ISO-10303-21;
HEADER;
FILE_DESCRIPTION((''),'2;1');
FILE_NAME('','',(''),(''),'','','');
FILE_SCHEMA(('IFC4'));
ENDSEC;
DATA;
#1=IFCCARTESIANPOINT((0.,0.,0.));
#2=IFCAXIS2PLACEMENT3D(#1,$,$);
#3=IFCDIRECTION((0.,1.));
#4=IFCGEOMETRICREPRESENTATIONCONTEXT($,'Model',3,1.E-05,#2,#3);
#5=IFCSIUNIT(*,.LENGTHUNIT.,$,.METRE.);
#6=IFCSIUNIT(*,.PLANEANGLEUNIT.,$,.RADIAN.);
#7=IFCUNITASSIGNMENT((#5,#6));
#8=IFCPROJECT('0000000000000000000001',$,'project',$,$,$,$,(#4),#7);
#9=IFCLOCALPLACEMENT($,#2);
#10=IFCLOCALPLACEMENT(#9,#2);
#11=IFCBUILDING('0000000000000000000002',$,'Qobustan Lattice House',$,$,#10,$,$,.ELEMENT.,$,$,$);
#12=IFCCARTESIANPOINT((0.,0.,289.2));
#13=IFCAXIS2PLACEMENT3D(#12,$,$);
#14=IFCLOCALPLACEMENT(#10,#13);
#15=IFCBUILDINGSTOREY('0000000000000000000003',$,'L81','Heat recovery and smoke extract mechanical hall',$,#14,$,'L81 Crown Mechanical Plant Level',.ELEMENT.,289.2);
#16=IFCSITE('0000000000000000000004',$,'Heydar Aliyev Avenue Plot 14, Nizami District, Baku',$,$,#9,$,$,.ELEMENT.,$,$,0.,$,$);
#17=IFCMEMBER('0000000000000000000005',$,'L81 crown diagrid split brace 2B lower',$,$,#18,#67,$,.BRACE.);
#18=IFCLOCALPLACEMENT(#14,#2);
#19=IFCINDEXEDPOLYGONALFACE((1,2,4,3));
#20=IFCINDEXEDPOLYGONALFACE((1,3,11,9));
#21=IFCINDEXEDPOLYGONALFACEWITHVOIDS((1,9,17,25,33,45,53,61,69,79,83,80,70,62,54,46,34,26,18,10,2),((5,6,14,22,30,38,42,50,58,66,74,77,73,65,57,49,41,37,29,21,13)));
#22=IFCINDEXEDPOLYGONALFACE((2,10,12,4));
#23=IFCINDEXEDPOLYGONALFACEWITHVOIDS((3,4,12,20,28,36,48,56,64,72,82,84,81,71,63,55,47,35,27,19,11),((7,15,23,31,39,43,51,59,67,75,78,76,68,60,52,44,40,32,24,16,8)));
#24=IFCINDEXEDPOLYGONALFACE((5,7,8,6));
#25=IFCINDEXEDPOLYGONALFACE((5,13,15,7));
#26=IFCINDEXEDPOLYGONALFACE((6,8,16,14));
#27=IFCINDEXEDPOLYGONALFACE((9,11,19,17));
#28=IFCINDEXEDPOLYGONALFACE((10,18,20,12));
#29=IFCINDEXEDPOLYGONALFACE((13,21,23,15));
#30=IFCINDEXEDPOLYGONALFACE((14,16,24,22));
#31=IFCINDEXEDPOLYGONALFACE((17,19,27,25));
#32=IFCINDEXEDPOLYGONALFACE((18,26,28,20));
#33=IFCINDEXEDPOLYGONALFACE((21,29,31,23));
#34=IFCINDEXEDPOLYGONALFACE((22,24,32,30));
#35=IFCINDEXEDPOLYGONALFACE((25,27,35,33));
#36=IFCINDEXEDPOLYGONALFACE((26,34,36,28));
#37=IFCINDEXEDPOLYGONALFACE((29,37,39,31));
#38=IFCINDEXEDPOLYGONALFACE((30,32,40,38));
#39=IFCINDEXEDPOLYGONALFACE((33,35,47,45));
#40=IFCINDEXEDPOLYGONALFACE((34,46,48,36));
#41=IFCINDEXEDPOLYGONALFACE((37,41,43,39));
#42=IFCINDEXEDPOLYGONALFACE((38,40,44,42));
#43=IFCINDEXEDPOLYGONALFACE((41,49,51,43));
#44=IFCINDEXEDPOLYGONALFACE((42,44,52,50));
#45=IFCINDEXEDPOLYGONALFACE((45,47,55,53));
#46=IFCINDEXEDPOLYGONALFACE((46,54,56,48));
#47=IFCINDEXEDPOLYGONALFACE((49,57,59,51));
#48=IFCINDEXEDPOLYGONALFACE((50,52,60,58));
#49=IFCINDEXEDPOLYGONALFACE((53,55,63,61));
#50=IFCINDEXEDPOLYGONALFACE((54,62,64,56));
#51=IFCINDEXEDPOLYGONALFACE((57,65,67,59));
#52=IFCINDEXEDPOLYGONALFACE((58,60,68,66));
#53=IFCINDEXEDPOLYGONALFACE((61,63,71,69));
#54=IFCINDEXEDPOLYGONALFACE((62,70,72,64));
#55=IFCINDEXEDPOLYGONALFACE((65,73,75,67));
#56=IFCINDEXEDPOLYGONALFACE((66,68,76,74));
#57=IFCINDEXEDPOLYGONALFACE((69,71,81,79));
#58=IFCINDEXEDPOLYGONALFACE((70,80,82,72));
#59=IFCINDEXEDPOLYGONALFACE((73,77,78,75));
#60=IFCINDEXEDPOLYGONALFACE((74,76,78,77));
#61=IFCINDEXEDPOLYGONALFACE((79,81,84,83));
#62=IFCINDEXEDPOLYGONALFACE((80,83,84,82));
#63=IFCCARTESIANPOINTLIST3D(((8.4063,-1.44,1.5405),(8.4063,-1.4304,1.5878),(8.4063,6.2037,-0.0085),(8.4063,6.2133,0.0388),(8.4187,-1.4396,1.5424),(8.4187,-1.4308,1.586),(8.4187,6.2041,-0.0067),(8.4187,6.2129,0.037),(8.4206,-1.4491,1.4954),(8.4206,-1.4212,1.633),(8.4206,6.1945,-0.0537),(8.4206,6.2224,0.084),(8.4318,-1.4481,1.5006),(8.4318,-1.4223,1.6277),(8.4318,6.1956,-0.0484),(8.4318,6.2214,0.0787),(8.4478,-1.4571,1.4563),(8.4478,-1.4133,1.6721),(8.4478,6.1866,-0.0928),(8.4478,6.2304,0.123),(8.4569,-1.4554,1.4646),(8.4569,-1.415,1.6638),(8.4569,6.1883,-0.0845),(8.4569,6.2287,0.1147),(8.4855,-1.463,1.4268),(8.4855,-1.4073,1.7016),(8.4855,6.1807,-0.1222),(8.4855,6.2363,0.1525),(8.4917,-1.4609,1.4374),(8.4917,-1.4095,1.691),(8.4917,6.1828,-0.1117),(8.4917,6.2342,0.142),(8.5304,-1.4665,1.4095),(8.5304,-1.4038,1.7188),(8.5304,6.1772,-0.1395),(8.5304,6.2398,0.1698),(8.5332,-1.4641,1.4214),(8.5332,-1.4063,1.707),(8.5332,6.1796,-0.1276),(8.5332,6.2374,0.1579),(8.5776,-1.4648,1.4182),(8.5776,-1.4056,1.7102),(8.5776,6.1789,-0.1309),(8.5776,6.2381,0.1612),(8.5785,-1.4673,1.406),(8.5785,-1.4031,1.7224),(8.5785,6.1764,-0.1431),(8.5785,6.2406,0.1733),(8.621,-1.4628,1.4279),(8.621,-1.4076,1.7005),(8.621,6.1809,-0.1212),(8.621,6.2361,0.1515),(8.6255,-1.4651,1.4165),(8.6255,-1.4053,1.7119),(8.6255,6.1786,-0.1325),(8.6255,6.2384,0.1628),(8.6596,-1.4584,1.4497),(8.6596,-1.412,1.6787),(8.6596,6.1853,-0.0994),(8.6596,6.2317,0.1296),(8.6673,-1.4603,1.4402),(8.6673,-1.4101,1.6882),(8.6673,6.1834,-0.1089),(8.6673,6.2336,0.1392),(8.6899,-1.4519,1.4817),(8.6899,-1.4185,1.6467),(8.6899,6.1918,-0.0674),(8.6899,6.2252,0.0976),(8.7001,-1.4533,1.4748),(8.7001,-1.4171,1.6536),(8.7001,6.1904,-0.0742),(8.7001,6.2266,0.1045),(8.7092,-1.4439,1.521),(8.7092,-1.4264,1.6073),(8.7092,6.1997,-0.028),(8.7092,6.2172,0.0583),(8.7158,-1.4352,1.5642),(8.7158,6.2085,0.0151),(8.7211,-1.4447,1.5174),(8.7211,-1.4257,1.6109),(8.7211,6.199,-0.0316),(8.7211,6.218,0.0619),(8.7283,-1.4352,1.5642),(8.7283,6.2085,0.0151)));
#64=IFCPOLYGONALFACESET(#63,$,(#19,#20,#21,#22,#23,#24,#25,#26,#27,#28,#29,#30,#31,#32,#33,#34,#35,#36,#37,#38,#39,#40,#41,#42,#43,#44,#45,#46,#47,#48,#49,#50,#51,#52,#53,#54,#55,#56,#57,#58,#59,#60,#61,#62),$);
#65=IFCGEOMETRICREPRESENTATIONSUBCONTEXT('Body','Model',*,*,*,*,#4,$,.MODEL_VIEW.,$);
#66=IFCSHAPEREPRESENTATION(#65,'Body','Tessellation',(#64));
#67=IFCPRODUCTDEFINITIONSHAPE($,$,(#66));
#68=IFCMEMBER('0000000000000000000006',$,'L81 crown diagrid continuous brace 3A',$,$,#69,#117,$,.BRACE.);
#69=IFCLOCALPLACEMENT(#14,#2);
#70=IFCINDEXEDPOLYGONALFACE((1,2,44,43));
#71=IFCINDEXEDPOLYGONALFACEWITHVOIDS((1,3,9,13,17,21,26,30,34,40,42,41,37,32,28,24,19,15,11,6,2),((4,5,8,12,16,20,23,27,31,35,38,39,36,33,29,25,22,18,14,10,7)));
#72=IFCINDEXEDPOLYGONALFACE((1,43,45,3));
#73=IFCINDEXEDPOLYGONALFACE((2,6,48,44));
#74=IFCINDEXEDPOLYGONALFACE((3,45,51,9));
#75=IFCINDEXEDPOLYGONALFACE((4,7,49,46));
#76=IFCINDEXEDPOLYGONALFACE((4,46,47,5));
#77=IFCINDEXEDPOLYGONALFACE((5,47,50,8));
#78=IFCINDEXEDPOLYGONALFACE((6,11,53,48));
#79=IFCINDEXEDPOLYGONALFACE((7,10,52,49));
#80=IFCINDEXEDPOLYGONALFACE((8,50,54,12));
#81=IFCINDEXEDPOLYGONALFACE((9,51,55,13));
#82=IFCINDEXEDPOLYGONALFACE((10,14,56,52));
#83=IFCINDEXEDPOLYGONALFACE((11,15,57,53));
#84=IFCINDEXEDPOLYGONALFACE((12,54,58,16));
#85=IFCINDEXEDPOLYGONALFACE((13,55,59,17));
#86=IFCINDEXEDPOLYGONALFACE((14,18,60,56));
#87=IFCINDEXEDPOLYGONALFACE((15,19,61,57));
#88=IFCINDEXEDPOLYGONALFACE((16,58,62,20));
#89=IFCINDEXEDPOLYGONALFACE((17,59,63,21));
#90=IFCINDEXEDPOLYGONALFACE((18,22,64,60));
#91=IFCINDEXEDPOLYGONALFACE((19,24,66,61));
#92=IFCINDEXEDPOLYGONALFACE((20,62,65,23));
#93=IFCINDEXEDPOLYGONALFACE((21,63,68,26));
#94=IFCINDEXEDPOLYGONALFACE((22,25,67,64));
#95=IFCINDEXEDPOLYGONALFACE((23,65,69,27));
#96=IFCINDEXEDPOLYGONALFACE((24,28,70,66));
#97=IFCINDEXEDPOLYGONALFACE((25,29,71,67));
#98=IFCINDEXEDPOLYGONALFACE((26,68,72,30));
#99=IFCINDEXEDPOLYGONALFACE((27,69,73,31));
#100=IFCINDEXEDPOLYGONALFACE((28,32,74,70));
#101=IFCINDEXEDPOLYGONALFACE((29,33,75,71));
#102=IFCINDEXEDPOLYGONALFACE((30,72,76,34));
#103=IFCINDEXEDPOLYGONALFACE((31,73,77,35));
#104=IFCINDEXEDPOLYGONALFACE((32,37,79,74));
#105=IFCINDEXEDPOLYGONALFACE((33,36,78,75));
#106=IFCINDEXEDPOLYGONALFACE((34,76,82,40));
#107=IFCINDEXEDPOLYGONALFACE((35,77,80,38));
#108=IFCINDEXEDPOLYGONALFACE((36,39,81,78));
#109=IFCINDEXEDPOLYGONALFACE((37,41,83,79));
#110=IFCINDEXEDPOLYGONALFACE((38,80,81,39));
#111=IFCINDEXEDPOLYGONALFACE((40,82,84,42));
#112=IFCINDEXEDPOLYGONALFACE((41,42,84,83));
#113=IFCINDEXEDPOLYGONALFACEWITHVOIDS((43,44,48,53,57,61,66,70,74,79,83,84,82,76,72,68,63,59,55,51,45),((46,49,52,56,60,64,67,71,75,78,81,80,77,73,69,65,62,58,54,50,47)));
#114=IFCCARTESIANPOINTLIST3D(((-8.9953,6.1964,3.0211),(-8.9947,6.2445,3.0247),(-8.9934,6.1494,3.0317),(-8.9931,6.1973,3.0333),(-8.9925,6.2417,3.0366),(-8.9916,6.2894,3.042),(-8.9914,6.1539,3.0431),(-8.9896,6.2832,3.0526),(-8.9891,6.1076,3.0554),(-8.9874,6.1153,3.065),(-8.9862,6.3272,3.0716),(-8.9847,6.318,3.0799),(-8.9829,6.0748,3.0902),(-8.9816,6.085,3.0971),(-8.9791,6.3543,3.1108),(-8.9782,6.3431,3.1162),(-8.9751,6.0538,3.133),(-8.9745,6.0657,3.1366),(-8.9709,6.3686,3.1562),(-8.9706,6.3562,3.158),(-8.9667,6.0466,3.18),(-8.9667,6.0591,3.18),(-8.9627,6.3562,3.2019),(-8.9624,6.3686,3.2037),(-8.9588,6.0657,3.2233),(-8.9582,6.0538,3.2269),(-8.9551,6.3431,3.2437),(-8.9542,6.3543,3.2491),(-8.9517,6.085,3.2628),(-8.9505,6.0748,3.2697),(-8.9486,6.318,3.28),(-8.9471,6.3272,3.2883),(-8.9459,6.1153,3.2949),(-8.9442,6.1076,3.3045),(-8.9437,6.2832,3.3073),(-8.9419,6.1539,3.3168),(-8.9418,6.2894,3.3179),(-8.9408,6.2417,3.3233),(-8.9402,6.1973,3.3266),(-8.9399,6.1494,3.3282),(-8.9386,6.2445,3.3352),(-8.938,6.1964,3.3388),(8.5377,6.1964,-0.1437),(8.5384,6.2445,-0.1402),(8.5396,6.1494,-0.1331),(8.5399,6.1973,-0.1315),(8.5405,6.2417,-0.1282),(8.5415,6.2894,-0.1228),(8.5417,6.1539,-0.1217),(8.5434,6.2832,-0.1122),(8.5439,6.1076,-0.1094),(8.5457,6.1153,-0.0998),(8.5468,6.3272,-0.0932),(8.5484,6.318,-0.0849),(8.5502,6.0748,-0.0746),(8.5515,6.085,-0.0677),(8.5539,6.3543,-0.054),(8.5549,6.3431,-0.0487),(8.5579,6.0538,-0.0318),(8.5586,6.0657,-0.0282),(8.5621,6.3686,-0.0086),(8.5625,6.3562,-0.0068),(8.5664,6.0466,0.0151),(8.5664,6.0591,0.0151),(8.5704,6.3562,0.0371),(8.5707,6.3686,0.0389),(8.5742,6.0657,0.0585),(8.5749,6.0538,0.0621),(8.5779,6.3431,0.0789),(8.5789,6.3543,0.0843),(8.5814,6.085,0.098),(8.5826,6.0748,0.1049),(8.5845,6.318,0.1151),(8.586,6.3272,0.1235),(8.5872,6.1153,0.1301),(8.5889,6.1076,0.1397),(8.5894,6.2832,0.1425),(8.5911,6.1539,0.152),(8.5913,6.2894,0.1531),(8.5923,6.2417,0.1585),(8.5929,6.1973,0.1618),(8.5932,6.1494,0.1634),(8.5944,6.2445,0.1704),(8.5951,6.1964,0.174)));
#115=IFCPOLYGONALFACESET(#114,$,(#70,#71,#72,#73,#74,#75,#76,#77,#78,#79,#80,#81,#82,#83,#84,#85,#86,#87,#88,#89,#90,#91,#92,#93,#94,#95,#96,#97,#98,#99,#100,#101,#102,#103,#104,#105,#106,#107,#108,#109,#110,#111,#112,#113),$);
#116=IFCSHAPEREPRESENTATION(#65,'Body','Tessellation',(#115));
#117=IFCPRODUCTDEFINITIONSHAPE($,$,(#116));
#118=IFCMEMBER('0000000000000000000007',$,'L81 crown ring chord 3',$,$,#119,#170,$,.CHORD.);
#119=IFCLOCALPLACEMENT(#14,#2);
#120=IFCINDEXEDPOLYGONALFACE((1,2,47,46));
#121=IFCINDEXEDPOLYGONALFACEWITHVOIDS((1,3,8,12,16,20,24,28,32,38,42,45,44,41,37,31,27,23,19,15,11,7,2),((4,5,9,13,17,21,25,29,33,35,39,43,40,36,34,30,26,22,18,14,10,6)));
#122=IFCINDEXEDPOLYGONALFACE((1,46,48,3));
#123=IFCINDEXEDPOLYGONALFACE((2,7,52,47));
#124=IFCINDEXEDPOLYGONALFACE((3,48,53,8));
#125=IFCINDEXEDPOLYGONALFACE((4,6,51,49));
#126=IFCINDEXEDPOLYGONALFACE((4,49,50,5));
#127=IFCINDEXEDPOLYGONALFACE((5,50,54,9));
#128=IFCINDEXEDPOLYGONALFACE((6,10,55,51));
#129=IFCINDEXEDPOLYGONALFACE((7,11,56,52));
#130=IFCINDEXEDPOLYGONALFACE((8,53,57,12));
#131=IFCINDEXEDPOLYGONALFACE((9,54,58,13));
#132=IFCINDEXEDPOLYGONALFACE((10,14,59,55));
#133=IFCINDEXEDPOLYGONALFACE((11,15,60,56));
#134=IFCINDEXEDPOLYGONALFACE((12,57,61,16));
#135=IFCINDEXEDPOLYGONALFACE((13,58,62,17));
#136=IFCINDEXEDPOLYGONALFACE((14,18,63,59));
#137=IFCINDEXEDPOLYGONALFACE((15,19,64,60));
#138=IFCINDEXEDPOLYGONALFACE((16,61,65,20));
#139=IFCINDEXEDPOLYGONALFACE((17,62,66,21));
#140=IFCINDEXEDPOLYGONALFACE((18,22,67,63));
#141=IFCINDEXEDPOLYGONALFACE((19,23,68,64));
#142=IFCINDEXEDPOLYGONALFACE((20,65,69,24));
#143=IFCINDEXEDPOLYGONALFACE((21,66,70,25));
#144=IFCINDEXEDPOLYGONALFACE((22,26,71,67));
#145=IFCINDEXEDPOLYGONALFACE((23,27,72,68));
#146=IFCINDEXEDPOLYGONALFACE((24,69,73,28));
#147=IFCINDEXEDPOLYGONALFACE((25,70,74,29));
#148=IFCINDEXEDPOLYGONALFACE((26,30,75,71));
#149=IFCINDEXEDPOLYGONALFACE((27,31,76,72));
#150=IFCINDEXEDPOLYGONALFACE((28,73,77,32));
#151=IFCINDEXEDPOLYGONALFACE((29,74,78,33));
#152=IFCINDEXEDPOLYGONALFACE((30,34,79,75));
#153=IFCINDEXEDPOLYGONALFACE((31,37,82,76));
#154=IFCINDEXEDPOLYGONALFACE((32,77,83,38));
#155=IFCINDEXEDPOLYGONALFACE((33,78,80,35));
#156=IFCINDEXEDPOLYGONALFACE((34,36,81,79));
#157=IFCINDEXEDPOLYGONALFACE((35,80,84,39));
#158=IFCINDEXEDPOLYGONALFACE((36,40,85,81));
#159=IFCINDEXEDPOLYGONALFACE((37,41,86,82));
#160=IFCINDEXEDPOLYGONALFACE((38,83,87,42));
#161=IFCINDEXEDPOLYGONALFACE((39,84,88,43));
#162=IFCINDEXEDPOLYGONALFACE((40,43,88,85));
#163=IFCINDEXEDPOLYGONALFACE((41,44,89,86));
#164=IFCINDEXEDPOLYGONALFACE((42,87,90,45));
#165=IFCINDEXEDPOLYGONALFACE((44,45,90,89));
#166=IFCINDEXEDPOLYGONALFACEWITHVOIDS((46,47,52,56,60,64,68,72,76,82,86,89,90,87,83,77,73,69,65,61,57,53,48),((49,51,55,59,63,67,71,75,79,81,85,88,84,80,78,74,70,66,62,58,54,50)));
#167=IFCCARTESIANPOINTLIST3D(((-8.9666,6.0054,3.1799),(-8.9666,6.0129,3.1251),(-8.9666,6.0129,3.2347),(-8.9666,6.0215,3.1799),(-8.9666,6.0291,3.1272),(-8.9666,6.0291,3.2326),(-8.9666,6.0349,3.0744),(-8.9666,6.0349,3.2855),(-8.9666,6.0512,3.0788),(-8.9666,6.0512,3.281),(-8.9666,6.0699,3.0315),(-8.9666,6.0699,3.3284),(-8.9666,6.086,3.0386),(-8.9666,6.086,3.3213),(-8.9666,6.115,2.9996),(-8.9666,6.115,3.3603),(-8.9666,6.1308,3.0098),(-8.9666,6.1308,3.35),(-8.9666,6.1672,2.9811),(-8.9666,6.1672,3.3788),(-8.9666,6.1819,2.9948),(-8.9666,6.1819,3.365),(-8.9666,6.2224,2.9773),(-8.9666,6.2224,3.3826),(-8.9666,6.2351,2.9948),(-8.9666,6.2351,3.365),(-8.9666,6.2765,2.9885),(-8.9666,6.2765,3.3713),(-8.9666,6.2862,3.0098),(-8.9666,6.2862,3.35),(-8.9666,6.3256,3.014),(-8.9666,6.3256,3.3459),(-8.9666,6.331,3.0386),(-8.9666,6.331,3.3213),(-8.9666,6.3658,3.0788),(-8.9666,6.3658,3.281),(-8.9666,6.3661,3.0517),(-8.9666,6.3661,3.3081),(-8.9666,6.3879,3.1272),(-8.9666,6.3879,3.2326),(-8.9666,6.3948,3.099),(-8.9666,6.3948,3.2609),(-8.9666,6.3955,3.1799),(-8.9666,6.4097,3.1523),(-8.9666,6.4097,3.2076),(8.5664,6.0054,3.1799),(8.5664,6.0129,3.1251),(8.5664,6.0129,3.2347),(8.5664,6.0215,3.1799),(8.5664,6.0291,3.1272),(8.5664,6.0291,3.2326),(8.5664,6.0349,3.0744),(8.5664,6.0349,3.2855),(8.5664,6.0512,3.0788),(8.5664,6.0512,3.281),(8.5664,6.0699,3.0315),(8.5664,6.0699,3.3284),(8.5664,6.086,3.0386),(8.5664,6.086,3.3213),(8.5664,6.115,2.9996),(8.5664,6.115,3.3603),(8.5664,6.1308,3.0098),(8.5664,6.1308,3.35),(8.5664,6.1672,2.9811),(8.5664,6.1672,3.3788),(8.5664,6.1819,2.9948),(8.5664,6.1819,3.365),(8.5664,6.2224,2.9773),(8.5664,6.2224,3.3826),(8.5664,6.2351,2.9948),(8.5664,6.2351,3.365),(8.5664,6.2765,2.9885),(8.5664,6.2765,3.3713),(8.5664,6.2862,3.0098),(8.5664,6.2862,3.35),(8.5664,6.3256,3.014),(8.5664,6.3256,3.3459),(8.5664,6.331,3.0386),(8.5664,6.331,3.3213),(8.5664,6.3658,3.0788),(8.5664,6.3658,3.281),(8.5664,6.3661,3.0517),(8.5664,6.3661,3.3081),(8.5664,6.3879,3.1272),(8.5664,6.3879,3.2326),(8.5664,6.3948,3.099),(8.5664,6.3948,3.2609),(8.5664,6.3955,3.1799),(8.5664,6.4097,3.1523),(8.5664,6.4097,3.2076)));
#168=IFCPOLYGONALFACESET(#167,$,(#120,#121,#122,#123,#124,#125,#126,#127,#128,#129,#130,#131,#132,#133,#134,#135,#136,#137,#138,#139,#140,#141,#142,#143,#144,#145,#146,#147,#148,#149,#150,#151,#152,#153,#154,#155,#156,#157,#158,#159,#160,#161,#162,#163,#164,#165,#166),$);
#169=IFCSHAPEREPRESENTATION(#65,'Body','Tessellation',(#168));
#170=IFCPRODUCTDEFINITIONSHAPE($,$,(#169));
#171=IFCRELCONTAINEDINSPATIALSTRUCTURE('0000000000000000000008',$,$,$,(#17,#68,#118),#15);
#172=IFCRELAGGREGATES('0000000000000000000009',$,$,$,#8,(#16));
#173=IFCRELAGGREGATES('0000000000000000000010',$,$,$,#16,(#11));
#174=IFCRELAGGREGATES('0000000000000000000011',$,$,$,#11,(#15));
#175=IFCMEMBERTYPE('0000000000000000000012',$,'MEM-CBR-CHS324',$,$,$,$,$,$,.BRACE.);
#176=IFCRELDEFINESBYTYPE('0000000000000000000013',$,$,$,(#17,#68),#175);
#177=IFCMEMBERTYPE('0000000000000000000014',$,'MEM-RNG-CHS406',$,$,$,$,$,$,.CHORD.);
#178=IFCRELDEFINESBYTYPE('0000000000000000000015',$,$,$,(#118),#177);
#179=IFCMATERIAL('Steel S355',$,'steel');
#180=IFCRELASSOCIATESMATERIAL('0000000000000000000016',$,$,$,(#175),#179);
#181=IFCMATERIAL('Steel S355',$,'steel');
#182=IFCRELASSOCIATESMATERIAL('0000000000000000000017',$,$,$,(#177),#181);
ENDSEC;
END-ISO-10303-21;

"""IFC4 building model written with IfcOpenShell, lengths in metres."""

from ifc_helpers import new_model, si_unit, direction, frame, origin, origin_2d, place, context, subcontext, project, spatial, hollow_circle, extrude, material, material_profile, profile_set, type_object, element, save


model = new_model("IFC4")

# Units and contexts
model_context = context("Model", 3, precision=1e-05, world=origin(), true_north=direction((0.0, 1.0)))
body_context = subcontext(model_context, "Body", "Model", "MODEL_VIEW")
ifc_project = project(units=[si_unit("LENGTHUNIT", "METRE"), si_unit("PLANEANGLEUNIT", "RADIAN")], contexts=[model_context])

# Site, building, storey
site_placement = place(None, origin())
site = spatial("IfcSite", under=ifc_project, at=site_placement, Name="Heydar Aliyev Avenue Plot 14, Nizami District, Baku", CompositionType="ELEMENT", RefElevation=0.0)
building_placement = place(site_placement, origin())
building = spatial("IfcBuilding", under=site, at=building_placement, Name="Qobustan Lattice House", CompositionType="ELEMENT")
storey_placement = place(building_placement, frame((0.0, 0.0, 289.2)))
storey = spatial("IfcBuildingStorey", under=building, at=storey_placement, Name="L81", Description="Heat recovery and smoke extract mechanical hall", LongName="L81 Crown Mechanical Plant Level", CompositionType="ELEMENT", Elevation=289.2)

# Members
ifc_material_1 = material(Name="Steel S355", Category="steel")
ifc_material_profile_1 = material_profile(ifc_material_1, hollow_circle(Radius=0.1619, WallThickness=0.0125, at=origin_2d()), Name="CHS323.9x12.5")
ifc_profile_set_1 = profile_set([ifc_material_profile_1], Name="Steel S355")
member_type_1 = type_object("IfcMemberType", Name="MEM-CBR-CHS324", PredefinedType="BRACE", material=ifc_profile_set_1)
member_1_placement = place(storey_placement, frame((8.5664, 6.2085, 0.0151), z_axis=(0.0, -0.980077, 0.19862), x_axis=(1.0, 0.0, 0.0)))
element("IfcMember", 1, at=member_1_placement, inside=storey, type_object=member_type_1, Name="L81 crown diagrid split brace 2B lower", PredefinedType="BRACE", context=body_context, shape_type="SweptSolid", body=[
    extrude(hollow_circle(Radius=0.1619, WallThickness=0.0125, at=origin_2d()), origin(), (0.0, 0.0, 1.0), 7.7991),
])
member_2_placement = place(storey_placement, frame((8.5664, 6.2085, 0.0151), z_axis=(-0.984096, 0.0, 0.177635), x_axis=(0.0, -1.0, 0.0)))
element("IfcMember", 2, at=member_2_placement, inside=storey, type_object=member_type_1, Name="L81 crown diagrid continuous brace 3A", PredefinedType="BRACE", context=body_context, shape_type="SweptSolid", body=[
    extrude(hollow_circle(Radius=0.1619, WallThickness=0.0125, at=origin_2d()), origin(), (0.0, 0.0, 1.0), 17.8164),
])
ifc_material_2 = material(Name="Steel S355", Category="steel")
ifc_material_profile_2 = material_profile(ifc_material_2, hollow_circle(Radius=0.2031, WallThickness=0.0161, at=origin_2d()), Name="CHS406.4x16")
ifc_profile_set_2 = profile_set([ifc_material_profile_2], Name="Steel S355")
member_type_2 = type_object("IfcMemberType", Name="MEM-RNG-CHS406", PredefinedType="CHORD", material=ifc_profile_set_2)
member_3_placement = place(storey_placement, frame((8.5664, 6.2085, 3.1799), z_axis=(-1.0, 0.0, 0.0), x_axis=(0.0, -1.0, 0.0)))
element("IfcMember", 3, at=member_3_placement, inside=storey, type_object=member_type_2, Name="L81 crown ring chord 3", PredefinedType="CHORD", context=body_context, shape_type="SweptSolid", body=[
    extrude(hollow_circle(Radius=0.2031, WallThickness=0.0161, at=origin_2d()), origin(), (0.0, 0.0, 1.0), 17.533),
])

save(model, "model.ifc")
